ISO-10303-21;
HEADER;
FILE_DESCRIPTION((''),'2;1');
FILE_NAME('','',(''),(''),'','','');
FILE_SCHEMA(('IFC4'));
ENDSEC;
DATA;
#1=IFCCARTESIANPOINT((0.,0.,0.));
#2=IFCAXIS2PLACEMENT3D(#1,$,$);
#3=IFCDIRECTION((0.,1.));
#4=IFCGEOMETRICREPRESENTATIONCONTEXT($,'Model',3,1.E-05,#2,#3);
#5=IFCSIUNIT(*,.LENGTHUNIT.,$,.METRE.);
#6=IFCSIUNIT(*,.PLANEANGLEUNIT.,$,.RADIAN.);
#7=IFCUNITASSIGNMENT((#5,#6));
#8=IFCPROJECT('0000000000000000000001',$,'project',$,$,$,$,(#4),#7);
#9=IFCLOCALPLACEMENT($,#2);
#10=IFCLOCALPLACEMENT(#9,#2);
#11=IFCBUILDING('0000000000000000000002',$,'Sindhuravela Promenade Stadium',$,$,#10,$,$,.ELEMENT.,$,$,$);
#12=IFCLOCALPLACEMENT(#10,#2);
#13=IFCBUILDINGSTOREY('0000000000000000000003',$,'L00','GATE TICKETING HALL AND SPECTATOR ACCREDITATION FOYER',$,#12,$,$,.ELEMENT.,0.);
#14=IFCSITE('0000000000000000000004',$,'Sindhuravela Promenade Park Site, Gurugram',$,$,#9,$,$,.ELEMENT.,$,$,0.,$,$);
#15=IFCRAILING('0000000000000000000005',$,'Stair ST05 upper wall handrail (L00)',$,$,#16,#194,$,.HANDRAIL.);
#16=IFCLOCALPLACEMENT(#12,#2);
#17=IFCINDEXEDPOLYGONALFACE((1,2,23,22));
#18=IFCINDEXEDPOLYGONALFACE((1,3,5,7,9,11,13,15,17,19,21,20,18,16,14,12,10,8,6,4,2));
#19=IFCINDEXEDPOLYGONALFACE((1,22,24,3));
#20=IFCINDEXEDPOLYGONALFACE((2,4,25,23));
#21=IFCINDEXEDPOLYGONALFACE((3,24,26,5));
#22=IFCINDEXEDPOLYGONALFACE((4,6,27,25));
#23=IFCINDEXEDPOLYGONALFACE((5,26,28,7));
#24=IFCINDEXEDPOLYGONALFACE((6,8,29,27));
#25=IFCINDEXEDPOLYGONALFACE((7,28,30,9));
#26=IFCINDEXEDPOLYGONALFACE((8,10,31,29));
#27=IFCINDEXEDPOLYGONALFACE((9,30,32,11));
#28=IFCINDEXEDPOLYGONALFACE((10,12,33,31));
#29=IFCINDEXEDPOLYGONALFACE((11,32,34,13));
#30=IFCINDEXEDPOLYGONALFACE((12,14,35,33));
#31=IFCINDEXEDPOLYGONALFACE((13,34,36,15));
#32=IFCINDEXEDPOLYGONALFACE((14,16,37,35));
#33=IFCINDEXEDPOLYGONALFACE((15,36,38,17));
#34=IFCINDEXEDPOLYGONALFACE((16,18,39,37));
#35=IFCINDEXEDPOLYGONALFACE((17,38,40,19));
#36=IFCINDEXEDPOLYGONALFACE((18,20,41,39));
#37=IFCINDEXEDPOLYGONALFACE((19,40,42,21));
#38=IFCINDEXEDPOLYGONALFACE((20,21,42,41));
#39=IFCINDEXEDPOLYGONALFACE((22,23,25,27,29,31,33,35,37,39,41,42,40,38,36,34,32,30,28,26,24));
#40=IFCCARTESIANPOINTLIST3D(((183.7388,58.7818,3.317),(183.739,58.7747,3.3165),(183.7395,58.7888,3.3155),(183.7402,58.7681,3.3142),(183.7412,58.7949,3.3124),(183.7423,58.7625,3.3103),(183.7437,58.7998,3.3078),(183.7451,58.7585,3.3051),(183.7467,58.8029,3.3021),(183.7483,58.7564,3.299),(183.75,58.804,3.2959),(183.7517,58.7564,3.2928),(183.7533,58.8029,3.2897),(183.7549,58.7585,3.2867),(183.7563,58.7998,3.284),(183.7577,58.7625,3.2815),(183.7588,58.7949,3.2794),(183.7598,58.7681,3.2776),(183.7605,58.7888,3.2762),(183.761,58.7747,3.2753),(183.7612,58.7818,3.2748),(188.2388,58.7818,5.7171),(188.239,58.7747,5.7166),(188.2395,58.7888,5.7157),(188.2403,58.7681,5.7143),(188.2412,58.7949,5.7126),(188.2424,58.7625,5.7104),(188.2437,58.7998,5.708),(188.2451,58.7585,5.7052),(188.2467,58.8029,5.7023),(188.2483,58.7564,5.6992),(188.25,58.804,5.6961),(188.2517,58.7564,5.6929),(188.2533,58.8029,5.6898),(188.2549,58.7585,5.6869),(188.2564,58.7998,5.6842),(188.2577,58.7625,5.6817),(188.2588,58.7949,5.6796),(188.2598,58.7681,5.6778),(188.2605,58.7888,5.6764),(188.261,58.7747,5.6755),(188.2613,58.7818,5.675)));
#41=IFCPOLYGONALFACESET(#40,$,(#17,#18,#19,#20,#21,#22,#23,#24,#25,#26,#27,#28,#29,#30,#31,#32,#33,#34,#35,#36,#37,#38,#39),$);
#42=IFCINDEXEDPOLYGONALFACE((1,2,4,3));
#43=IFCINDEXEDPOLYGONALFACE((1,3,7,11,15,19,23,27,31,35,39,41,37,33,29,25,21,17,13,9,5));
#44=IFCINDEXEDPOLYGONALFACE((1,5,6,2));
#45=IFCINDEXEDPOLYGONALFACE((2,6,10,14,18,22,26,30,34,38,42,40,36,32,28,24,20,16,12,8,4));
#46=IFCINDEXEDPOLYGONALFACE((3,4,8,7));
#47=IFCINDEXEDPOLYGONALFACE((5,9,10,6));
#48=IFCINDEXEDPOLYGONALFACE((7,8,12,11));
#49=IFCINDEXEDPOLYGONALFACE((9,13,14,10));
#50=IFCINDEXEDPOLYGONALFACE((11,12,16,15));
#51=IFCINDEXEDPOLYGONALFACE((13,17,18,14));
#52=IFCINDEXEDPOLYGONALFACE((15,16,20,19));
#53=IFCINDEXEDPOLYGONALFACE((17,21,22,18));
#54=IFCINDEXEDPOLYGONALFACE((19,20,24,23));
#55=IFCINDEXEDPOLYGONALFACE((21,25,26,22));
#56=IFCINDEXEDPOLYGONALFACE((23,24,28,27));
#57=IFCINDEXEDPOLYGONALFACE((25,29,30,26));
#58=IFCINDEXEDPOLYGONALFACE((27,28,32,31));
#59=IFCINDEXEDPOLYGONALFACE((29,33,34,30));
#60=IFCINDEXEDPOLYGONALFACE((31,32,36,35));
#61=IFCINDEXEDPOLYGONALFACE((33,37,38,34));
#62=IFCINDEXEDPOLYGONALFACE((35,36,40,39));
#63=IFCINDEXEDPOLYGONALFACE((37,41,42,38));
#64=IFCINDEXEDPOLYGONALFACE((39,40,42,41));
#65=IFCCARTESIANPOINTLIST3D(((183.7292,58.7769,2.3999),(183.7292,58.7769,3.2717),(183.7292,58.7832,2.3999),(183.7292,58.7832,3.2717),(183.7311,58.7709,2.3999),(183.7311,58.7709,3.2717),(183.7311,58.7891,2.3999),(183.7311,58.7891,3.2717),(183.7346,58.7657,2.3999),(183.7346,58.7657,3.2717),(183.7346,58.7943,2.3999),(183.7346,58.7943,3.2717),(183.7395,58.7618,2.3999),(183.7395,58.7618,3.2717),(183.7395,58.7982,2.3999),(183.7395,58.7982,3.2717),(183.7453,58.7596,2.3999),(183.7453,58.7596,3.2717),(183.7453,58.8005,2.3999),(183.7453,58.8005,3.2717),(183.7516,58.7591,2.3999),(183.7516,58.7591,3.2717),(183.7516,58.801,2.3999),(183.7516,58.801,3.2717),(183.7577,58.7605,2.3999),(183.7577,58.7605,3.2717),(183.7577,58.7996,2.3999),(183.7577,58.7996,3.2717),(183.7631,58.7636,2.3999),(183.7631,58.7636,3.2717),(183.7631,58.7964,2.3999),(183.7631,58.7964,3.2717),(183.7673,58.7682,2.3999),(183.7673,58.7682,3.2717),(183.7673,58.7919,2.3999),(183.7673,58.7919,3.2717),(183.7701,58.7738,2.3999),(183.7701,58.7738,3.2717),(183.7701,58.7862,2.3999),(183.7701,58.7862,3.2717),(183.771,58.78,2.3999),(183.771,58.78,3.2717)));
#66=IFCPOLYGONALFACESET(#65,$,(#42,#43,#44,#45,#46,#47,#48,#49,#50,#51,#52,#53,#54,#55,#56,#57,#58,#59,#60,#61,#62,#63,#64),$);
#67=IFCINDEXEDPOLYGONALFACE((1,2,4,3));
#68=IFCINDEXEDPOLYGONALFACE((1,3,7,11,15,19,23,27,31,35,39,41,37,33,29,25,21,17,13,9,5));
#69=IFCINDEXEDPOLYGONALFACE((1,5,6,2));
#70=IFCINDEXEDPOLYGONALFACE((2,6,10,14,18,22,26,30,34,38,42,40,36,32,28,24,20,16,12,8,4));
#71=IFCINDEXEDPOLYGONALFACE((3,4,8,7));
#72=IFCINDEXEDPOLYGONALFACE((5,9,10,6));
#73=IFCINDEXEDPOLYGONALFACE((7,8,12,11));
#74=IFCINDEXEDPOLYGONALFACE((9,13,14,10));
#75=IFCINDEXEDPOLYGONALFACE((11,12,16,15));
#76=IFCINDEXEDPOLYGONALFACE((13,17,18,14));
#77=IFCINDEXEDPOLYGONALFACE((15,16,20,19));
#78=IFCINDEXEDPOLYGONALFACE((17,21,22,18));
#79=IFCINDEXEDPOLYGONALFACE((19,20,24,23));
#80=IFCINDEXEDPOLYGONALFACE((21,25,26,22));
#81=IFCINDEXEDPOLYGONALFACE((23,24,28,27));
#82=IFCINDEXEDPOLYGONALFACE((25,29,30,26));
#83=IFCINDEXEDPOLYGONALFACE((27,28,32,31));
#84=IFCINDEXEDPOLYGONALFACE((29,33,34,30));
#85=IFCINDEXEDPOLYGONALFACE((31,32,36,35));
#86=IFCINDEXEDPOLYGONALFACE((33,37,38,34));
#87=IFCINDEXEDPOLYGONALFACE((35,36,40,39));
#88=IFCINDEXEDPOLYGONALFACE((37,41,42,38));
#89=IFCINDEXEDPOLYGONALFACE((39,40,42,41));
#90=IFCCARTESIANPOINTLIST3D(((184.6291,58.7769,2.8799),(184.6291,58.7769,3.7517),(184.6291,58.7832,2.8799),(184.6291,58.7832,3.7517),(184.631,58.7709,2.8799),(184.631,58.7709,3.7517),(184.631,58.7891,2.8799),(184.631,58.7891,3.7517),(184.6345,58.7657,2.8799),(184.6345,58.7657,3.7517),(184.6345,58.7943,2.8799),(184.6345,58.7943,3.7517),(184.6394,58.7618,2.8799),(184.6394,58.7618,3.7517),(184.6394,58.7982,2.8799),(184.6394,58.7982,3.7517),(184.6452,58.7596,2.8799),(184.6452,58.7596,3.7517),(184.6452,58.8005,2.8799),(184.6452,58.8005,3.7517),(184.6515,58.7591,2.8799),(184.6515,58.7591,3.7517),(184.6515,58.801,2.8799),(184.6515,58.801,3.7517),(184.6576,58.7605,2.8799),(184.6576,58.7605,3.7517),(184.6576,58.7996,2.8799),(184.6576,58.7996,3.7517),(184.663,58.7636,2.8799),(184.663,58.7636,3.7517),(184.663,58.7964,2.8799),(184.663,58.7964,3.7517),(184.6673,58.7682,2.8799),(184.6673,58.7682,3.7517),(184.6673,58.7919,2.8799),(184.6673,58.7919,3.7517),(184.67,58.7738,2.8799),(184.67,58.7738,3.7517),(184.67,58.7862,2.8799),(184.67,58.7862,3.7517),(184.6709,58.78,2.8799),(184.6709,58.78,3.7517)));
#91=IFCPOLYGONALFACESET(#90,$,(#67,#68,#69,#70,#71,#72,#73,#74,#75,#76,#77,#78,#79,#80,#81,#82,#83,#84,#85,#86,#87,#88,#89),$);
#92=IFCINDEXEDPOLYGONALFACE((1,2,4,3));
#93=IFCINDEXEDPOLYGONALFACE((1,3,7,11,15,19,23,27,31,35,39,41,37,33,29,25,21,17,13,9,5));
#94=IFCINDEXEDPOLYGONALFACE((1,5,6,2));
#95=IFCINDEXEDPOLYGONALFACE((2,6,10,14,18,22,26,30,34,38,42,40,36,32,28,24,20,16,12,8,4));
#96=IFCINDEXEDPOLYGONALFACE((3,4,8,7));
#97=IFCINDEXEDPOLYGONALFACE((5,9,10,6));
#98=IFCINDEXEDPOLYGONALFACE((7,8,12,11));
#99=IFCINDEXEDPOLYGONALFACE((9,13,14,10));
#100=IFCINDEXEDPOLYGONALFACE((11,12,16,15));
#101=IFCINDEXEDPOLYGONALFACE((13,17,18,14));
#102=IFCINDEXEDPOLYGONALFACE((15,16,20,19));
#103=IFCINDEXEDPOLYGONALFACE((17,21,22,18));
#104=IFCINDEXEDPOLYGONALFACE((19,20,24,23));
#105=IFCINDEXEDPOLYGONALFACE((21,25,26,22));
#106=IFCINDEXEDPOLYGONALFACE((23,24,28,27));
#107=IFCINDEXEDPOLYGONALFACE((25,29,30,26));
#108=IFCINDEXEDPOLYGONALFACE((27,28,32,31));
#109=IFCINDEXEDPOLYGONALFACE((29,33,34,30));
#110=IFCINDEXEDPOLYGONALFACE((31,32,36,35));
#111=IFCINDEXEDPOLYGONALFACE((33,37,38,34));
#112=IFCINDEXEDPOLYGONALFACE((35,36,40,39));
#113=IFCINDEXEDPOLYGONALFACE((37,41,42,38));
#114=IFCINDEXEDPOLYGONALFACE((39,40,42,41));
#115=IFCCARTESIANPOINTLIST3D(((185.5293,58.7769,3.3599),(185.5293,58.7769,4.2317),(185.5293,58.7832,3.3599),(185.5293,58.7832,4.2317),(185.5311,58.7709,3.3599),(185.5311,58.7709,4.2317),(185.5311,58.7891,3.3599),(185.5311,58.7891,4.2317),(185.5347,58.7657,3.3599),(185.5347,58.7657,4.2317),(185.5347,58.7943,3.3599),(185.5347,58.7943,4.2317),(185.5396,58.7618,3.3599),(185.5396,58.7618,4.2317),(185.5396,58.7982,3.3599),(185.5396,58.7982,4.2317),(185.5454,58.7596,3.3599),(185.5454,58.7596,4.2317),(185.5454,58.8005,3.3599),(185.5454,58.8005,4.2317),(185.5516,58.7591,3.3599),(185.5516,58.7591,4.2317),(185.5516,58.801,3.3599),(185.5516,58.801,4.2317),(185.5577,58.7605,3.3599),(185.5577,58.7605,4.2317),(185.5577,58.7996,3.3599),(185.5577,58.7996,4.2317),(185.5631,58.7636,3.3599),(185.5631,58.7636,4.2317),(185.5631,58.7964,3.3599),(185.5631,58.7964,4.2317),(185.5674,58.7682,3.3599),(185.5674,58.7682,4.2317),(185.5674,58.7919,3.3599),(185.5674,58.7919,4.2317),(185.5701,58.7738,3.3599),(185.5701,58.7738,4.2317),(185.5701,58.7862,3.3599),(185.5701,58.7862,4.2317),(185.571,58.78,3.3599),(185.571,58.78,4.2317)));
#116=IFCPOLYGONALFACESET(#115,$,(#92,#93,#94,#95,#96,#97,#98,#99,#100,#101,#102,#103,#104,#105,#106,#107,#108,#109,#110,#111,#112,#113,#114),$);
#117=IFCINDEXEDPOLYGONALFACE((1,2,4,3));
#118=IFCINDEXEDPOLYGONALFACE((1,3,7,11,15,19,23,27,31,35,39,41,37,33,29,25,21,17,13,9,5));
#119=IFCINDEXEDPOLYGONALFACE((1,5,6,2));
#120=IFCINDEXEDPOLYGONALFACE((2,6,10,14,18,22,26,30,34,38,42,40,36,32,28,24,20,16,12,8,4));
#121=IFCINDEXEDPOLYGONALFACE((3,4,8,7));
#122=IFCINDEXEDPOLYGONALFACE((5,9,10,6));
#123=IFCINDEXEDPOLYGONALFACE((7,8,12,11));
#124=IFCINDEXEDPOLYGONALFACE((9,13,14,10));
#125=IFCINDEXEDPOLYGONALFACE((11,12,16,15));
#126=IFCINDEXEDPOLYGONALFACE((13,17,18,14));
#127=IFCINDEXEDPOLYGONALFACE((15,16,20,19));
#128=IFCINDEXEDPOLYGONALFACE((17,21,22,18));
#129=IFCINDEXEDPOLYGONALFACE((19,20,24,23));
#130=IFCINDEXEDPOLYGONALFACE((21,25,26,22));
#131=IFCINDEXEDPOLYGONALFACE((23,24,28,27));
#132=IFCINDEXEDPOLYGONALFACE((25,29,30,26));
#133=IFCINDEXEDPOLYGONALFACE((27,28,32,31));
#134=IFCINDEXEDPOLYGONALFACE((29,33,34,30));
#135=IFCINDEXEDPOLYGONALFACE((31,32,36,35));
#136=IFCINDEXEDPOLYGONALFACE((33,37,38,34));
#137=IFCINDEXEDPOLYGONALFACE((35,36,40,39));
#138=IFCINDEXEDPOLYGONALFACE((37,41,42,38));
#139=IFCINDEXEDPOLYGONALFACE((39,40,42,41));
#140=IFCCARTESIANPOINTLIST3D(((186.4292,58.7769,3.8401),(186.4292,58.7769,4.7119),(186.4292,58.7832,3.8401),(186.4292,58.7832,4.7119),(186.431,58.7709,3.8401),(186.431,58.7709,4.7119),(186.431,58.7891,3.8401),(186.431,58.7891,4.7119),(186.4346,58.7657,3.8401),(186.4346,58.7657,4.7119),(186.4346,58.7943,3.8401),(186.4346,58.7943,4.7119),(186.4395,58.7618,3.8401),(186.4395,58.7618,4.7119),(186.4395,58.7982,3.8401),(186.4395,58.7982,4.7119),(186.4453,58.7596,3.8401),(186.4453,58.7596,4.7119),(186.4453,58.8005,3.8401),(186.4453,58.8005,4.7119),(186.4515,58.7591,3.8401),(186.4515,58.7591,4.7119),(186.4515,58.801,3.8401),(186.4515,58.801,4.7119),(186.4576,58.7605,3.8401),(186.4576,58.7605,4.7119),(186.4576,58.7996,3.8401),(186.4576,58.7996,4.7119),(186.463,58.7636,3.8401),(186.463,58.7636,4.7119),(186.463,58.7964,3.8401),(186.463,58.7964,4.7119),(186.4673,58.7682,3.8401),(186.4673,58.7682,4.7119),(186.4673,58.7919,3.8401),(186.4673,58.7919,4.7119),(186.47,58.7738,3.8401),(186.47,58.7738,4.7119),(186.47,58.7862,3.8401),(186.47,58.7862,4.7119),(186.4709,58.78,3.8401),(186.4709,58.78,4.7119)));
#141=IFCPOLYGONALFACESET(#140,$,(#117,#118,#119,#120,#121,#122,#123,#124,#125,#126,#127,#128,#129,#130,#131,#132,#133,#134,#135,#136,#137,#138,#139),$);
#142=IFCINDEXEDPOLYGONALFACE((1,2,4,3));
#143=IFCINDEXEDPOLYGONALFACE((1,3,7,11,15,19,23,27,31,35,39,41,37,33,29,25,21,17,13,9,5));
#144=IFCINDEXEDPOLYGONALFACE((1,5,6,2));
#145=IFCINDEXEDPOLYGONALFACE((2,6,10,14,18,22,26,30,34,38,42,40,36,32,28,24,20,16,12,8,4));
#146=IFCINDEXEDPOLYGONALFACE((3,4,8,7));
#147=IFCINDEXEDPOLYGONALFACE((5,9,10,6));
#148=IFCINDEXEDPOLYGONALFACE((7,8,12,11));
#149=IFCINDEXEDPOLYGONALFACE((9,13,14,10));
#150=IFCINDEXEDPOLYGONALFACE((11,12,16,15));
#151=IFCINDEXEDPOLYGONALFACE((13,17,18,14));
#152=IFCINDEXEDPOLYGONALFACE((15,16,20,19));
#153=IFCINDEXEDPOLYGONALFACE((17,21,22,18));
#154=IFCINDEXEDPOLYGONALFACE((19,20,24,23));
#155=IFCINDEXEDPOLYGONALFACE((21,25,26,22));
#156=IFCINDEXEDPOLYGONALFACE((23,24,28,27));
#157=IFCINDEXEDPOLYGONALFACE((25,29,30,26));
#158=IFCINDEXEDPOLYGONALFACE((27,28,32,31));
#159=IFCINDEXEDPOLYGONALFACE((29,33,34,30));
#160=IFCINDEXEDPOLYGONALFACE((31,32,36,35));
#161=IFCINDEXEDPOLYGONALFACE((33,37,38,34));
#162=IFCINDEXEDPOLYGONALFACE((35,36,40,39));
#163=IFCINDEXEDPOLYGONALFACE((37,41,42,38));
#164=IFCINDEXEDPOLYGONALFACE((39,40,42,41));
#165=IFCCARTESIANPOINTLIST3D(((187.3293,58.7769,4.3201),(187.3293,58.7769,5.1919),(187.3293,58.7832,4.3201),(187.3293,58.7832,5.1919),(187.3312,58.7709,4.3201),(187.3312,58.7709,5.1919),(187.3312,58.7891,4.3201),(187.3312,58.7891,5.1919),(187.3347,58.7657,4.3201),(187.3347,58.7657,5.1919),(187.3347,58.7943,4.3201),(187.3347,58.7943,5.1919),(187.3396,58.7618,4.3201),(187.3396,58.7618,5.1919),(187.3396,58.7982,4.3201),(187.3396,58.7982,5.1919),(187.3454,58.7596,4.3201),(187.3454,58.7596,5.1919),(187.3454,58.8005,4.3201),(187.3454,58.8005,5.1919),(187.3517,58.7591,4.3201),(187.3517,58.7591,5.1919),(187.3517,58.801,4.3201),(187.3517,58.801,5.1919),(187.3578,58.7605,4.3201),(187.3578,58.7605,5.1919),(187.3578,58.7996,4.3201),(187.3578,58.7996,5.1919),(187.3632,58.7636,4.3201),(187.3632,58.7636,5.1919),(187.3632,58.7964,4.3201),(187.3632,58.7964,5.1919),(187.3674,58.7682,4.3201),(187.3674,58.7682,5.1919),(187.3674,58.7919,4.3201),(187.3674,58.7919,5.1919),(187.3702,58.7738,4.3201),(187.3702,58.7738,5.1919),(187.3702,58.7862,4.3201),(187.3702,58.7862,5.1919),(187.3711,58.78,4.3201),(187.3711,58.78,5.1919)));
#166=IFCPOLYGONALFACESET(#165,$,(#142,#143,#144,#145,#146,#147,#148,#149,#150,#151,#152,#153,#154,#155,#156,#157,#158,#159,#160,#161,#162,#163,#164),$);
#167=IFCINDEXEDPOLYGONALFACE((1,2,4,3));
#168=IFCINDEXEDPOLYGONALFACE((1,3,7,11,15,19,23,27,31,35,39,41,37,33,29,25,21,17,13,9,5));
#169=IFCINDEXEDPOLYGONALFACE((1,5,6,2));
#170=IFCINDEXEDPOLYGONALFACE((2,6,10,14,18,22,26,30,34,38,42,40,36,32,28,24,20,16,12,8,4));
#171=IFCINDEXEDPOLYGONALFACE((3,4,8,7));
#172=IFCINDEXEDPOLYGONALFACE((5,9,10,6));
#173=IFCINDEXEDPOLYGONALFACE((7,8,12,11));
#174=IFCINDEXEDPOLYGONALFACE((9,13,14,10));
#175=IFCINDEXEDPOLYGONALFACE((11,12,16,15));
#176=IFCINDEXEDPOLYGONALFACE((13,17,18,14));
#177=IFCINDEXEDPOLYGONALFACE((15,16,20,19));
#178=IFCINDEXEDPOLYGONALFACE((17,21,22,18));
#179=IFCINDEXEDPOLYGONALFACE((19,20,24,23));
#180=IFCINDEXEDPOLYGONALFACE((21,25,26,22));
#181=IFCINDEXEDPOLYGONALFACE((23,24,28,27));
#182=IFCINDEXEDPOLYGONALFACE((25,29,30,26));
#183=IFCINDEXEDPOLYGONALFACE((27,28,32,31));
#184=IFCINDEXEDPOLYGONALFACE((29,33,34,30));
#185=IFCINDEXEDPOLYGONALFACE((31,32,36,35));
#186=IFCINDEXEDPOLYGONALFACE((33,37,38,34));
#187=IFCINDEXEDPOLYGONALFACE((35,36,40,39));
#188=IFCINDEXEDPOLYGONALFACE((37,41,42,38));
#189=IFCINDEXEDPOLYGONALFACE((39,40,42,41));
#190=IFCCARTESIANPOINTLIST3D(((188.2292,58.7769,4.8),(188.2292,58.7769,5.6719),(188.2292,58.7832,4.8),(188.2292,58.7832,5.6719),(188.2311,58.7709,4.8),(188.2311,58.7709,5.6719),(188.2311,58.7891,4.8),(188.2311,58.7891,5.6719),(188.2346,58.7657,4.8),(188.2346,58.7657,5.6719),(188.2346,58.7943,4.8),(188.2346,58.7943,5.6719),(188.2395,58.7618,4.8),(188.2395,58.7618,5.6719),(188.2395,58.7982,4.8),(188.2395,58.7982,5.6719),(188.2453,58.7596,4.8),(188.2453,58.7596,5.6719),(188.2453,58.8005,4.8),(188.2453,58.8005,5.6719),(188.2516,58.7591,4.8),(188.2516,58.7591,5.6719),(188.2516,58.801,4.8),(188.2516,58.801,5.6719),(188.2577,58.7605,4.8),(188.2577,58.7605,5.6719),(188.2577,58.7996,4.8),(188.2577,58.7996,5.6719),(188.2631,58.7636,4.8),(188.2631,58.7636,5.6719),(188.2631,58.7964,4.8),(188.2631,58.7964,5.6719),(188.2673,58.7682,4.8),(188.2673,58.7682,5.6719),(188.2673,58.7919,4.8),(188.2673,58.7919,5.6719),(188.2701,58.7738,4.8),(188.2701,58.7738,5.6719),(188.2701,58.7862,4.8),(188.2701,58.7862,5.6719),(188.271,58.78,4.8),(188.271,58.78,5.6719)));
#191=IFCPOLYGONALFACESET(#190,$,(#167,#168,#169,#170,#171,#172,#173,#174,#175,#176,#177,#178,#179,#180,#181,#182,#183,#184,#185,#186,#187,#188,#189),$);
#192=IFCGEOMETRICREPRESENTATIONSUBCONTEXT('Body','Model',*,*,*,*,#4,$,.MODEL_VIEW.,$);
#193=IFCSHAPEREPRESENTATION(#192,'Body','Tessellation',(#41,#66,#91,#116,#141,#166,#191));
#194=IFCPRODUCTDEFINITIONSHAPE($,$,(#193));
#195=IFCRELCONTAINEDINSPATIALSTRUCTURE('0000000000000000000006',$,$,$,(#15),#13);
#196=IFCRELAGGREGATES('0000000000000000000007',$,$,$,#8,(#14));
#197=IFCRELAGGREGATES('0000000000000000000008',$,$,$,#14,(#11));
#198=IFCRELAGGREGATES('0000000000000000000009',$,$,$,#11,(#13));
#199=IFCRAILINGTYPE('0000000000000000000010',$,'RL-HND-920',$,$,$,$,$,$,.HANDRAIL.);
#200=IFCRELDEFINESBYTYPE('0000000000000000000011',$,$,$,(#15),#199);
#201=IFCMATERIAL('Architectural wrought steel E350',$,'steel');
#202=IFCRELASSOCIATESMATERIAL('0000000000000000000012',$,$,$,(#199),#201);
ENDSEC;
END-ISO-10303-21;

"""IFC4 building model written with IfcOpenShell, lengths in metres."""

from ifc_helpers import new_model, si_unit, direction, frame, origin, origin_2d, place, context, subcontext, project, spatial, circle, extrude, material, type_object, element, save


model = new_model("IFC4")

# Units and contexts
model_context = context("Model", 3, precision=1e-05, world=origin(), true_north=direction((0.0, 1.0)))
body_context = subcontext(model_context, "Body", "Model", "MODEL_VIEW")
ifc_project = project(units=[si_unit("LENGTHUNIT", "METRE"), si_unit("PLANEANGLEUNIT", "RADIAN")], contexts=[model_context])

# Site, building, storey
site_placement = place(None, origin())
site = spatial("IfcSite", under=ifc_project, at=site_placement, Name="Sindhuravela Promenade Park Site, Gurugram", CompositionType="ELEMENT", RefElevation=0.0)
building_placement = place(site_placement, origin())
building = spatial("IfcBuilding", under=site, at=building_placement, Name="Sindhuravela Promenade Stadium", CompositionType="ELEMENT")
storey_placement = place(building_placement, origin())
storey = spatial("IfcBuildingStorey", under=building, at=storey_placement, Name="L00", Description="GATE TICKETING HALL AND SPECTATOR ACCREDITATION FOYER", CompositionType="ELEMENT", Elevation=0.0)

# Railing
ifc_material_1 = material(Name="Architectural wrought steel E350", Category="steel")
railing_type_1 = type_object("IfcRailingType", Name="RL-HND-920", PredefinedType="HANDRAIL", material=ifc_material_1)
railing_1_placement = place(storey_placement, frame((183.75, 58.78, 2.3999)))
element("IfcRailing", 1, at=railing_1_placement, inside=storey, type_object=railing_type_1, Name="Stair ST05 upper wall handrail (L00)", PredefinedType="HANDRAIL", context=body_context, shape_type="SweptSolid", body=[
    extrude(circle(Radius=0.0239, at=origin_2d()), frame((0.0, 0.0, 0.896), z_axis=(0.882341, 0.0, 0.470611), x_axis=(0.0, 1.0, 0.0)), (0.0, 0.0, 1.0), 5.1001),
    extrude(circle(Radius=0.021, at=origin_2d()), origin(), (0.0, 0.0, 1.0), 0.8718),
    extrude(circle(Radius=0.021, at=origin_2d()), frame((0.8999, 0.0, 0.48)), (0.0, 0.0, 1.0), 0.8718),
    extrude(circle(Radius=0.021, at=origin_2d()), frame((1.8, 0.0, 0.96)), (0.0, 0.0, 1.0), 0.8718),
    extrude(circle(Radius=0.021, at=origin_2d()), frame((2.7, 0.0, 1.4402)), (0.0, 0.0, 1.0), 0.8718),
    extrude(circle(Radius=0.021, at=origin_2d()), frame((3.6001, 0.0, 1.9202)), (0.0, 0.0, 1.0), 0.8718),
    extrude(circle(Radius=0.021, at=origin_2d()), frame((4.5, 0.0, 2.4001)), (0.0, 0.0, 1.0), 0.8718),
])

save(model, "model.ifc")
